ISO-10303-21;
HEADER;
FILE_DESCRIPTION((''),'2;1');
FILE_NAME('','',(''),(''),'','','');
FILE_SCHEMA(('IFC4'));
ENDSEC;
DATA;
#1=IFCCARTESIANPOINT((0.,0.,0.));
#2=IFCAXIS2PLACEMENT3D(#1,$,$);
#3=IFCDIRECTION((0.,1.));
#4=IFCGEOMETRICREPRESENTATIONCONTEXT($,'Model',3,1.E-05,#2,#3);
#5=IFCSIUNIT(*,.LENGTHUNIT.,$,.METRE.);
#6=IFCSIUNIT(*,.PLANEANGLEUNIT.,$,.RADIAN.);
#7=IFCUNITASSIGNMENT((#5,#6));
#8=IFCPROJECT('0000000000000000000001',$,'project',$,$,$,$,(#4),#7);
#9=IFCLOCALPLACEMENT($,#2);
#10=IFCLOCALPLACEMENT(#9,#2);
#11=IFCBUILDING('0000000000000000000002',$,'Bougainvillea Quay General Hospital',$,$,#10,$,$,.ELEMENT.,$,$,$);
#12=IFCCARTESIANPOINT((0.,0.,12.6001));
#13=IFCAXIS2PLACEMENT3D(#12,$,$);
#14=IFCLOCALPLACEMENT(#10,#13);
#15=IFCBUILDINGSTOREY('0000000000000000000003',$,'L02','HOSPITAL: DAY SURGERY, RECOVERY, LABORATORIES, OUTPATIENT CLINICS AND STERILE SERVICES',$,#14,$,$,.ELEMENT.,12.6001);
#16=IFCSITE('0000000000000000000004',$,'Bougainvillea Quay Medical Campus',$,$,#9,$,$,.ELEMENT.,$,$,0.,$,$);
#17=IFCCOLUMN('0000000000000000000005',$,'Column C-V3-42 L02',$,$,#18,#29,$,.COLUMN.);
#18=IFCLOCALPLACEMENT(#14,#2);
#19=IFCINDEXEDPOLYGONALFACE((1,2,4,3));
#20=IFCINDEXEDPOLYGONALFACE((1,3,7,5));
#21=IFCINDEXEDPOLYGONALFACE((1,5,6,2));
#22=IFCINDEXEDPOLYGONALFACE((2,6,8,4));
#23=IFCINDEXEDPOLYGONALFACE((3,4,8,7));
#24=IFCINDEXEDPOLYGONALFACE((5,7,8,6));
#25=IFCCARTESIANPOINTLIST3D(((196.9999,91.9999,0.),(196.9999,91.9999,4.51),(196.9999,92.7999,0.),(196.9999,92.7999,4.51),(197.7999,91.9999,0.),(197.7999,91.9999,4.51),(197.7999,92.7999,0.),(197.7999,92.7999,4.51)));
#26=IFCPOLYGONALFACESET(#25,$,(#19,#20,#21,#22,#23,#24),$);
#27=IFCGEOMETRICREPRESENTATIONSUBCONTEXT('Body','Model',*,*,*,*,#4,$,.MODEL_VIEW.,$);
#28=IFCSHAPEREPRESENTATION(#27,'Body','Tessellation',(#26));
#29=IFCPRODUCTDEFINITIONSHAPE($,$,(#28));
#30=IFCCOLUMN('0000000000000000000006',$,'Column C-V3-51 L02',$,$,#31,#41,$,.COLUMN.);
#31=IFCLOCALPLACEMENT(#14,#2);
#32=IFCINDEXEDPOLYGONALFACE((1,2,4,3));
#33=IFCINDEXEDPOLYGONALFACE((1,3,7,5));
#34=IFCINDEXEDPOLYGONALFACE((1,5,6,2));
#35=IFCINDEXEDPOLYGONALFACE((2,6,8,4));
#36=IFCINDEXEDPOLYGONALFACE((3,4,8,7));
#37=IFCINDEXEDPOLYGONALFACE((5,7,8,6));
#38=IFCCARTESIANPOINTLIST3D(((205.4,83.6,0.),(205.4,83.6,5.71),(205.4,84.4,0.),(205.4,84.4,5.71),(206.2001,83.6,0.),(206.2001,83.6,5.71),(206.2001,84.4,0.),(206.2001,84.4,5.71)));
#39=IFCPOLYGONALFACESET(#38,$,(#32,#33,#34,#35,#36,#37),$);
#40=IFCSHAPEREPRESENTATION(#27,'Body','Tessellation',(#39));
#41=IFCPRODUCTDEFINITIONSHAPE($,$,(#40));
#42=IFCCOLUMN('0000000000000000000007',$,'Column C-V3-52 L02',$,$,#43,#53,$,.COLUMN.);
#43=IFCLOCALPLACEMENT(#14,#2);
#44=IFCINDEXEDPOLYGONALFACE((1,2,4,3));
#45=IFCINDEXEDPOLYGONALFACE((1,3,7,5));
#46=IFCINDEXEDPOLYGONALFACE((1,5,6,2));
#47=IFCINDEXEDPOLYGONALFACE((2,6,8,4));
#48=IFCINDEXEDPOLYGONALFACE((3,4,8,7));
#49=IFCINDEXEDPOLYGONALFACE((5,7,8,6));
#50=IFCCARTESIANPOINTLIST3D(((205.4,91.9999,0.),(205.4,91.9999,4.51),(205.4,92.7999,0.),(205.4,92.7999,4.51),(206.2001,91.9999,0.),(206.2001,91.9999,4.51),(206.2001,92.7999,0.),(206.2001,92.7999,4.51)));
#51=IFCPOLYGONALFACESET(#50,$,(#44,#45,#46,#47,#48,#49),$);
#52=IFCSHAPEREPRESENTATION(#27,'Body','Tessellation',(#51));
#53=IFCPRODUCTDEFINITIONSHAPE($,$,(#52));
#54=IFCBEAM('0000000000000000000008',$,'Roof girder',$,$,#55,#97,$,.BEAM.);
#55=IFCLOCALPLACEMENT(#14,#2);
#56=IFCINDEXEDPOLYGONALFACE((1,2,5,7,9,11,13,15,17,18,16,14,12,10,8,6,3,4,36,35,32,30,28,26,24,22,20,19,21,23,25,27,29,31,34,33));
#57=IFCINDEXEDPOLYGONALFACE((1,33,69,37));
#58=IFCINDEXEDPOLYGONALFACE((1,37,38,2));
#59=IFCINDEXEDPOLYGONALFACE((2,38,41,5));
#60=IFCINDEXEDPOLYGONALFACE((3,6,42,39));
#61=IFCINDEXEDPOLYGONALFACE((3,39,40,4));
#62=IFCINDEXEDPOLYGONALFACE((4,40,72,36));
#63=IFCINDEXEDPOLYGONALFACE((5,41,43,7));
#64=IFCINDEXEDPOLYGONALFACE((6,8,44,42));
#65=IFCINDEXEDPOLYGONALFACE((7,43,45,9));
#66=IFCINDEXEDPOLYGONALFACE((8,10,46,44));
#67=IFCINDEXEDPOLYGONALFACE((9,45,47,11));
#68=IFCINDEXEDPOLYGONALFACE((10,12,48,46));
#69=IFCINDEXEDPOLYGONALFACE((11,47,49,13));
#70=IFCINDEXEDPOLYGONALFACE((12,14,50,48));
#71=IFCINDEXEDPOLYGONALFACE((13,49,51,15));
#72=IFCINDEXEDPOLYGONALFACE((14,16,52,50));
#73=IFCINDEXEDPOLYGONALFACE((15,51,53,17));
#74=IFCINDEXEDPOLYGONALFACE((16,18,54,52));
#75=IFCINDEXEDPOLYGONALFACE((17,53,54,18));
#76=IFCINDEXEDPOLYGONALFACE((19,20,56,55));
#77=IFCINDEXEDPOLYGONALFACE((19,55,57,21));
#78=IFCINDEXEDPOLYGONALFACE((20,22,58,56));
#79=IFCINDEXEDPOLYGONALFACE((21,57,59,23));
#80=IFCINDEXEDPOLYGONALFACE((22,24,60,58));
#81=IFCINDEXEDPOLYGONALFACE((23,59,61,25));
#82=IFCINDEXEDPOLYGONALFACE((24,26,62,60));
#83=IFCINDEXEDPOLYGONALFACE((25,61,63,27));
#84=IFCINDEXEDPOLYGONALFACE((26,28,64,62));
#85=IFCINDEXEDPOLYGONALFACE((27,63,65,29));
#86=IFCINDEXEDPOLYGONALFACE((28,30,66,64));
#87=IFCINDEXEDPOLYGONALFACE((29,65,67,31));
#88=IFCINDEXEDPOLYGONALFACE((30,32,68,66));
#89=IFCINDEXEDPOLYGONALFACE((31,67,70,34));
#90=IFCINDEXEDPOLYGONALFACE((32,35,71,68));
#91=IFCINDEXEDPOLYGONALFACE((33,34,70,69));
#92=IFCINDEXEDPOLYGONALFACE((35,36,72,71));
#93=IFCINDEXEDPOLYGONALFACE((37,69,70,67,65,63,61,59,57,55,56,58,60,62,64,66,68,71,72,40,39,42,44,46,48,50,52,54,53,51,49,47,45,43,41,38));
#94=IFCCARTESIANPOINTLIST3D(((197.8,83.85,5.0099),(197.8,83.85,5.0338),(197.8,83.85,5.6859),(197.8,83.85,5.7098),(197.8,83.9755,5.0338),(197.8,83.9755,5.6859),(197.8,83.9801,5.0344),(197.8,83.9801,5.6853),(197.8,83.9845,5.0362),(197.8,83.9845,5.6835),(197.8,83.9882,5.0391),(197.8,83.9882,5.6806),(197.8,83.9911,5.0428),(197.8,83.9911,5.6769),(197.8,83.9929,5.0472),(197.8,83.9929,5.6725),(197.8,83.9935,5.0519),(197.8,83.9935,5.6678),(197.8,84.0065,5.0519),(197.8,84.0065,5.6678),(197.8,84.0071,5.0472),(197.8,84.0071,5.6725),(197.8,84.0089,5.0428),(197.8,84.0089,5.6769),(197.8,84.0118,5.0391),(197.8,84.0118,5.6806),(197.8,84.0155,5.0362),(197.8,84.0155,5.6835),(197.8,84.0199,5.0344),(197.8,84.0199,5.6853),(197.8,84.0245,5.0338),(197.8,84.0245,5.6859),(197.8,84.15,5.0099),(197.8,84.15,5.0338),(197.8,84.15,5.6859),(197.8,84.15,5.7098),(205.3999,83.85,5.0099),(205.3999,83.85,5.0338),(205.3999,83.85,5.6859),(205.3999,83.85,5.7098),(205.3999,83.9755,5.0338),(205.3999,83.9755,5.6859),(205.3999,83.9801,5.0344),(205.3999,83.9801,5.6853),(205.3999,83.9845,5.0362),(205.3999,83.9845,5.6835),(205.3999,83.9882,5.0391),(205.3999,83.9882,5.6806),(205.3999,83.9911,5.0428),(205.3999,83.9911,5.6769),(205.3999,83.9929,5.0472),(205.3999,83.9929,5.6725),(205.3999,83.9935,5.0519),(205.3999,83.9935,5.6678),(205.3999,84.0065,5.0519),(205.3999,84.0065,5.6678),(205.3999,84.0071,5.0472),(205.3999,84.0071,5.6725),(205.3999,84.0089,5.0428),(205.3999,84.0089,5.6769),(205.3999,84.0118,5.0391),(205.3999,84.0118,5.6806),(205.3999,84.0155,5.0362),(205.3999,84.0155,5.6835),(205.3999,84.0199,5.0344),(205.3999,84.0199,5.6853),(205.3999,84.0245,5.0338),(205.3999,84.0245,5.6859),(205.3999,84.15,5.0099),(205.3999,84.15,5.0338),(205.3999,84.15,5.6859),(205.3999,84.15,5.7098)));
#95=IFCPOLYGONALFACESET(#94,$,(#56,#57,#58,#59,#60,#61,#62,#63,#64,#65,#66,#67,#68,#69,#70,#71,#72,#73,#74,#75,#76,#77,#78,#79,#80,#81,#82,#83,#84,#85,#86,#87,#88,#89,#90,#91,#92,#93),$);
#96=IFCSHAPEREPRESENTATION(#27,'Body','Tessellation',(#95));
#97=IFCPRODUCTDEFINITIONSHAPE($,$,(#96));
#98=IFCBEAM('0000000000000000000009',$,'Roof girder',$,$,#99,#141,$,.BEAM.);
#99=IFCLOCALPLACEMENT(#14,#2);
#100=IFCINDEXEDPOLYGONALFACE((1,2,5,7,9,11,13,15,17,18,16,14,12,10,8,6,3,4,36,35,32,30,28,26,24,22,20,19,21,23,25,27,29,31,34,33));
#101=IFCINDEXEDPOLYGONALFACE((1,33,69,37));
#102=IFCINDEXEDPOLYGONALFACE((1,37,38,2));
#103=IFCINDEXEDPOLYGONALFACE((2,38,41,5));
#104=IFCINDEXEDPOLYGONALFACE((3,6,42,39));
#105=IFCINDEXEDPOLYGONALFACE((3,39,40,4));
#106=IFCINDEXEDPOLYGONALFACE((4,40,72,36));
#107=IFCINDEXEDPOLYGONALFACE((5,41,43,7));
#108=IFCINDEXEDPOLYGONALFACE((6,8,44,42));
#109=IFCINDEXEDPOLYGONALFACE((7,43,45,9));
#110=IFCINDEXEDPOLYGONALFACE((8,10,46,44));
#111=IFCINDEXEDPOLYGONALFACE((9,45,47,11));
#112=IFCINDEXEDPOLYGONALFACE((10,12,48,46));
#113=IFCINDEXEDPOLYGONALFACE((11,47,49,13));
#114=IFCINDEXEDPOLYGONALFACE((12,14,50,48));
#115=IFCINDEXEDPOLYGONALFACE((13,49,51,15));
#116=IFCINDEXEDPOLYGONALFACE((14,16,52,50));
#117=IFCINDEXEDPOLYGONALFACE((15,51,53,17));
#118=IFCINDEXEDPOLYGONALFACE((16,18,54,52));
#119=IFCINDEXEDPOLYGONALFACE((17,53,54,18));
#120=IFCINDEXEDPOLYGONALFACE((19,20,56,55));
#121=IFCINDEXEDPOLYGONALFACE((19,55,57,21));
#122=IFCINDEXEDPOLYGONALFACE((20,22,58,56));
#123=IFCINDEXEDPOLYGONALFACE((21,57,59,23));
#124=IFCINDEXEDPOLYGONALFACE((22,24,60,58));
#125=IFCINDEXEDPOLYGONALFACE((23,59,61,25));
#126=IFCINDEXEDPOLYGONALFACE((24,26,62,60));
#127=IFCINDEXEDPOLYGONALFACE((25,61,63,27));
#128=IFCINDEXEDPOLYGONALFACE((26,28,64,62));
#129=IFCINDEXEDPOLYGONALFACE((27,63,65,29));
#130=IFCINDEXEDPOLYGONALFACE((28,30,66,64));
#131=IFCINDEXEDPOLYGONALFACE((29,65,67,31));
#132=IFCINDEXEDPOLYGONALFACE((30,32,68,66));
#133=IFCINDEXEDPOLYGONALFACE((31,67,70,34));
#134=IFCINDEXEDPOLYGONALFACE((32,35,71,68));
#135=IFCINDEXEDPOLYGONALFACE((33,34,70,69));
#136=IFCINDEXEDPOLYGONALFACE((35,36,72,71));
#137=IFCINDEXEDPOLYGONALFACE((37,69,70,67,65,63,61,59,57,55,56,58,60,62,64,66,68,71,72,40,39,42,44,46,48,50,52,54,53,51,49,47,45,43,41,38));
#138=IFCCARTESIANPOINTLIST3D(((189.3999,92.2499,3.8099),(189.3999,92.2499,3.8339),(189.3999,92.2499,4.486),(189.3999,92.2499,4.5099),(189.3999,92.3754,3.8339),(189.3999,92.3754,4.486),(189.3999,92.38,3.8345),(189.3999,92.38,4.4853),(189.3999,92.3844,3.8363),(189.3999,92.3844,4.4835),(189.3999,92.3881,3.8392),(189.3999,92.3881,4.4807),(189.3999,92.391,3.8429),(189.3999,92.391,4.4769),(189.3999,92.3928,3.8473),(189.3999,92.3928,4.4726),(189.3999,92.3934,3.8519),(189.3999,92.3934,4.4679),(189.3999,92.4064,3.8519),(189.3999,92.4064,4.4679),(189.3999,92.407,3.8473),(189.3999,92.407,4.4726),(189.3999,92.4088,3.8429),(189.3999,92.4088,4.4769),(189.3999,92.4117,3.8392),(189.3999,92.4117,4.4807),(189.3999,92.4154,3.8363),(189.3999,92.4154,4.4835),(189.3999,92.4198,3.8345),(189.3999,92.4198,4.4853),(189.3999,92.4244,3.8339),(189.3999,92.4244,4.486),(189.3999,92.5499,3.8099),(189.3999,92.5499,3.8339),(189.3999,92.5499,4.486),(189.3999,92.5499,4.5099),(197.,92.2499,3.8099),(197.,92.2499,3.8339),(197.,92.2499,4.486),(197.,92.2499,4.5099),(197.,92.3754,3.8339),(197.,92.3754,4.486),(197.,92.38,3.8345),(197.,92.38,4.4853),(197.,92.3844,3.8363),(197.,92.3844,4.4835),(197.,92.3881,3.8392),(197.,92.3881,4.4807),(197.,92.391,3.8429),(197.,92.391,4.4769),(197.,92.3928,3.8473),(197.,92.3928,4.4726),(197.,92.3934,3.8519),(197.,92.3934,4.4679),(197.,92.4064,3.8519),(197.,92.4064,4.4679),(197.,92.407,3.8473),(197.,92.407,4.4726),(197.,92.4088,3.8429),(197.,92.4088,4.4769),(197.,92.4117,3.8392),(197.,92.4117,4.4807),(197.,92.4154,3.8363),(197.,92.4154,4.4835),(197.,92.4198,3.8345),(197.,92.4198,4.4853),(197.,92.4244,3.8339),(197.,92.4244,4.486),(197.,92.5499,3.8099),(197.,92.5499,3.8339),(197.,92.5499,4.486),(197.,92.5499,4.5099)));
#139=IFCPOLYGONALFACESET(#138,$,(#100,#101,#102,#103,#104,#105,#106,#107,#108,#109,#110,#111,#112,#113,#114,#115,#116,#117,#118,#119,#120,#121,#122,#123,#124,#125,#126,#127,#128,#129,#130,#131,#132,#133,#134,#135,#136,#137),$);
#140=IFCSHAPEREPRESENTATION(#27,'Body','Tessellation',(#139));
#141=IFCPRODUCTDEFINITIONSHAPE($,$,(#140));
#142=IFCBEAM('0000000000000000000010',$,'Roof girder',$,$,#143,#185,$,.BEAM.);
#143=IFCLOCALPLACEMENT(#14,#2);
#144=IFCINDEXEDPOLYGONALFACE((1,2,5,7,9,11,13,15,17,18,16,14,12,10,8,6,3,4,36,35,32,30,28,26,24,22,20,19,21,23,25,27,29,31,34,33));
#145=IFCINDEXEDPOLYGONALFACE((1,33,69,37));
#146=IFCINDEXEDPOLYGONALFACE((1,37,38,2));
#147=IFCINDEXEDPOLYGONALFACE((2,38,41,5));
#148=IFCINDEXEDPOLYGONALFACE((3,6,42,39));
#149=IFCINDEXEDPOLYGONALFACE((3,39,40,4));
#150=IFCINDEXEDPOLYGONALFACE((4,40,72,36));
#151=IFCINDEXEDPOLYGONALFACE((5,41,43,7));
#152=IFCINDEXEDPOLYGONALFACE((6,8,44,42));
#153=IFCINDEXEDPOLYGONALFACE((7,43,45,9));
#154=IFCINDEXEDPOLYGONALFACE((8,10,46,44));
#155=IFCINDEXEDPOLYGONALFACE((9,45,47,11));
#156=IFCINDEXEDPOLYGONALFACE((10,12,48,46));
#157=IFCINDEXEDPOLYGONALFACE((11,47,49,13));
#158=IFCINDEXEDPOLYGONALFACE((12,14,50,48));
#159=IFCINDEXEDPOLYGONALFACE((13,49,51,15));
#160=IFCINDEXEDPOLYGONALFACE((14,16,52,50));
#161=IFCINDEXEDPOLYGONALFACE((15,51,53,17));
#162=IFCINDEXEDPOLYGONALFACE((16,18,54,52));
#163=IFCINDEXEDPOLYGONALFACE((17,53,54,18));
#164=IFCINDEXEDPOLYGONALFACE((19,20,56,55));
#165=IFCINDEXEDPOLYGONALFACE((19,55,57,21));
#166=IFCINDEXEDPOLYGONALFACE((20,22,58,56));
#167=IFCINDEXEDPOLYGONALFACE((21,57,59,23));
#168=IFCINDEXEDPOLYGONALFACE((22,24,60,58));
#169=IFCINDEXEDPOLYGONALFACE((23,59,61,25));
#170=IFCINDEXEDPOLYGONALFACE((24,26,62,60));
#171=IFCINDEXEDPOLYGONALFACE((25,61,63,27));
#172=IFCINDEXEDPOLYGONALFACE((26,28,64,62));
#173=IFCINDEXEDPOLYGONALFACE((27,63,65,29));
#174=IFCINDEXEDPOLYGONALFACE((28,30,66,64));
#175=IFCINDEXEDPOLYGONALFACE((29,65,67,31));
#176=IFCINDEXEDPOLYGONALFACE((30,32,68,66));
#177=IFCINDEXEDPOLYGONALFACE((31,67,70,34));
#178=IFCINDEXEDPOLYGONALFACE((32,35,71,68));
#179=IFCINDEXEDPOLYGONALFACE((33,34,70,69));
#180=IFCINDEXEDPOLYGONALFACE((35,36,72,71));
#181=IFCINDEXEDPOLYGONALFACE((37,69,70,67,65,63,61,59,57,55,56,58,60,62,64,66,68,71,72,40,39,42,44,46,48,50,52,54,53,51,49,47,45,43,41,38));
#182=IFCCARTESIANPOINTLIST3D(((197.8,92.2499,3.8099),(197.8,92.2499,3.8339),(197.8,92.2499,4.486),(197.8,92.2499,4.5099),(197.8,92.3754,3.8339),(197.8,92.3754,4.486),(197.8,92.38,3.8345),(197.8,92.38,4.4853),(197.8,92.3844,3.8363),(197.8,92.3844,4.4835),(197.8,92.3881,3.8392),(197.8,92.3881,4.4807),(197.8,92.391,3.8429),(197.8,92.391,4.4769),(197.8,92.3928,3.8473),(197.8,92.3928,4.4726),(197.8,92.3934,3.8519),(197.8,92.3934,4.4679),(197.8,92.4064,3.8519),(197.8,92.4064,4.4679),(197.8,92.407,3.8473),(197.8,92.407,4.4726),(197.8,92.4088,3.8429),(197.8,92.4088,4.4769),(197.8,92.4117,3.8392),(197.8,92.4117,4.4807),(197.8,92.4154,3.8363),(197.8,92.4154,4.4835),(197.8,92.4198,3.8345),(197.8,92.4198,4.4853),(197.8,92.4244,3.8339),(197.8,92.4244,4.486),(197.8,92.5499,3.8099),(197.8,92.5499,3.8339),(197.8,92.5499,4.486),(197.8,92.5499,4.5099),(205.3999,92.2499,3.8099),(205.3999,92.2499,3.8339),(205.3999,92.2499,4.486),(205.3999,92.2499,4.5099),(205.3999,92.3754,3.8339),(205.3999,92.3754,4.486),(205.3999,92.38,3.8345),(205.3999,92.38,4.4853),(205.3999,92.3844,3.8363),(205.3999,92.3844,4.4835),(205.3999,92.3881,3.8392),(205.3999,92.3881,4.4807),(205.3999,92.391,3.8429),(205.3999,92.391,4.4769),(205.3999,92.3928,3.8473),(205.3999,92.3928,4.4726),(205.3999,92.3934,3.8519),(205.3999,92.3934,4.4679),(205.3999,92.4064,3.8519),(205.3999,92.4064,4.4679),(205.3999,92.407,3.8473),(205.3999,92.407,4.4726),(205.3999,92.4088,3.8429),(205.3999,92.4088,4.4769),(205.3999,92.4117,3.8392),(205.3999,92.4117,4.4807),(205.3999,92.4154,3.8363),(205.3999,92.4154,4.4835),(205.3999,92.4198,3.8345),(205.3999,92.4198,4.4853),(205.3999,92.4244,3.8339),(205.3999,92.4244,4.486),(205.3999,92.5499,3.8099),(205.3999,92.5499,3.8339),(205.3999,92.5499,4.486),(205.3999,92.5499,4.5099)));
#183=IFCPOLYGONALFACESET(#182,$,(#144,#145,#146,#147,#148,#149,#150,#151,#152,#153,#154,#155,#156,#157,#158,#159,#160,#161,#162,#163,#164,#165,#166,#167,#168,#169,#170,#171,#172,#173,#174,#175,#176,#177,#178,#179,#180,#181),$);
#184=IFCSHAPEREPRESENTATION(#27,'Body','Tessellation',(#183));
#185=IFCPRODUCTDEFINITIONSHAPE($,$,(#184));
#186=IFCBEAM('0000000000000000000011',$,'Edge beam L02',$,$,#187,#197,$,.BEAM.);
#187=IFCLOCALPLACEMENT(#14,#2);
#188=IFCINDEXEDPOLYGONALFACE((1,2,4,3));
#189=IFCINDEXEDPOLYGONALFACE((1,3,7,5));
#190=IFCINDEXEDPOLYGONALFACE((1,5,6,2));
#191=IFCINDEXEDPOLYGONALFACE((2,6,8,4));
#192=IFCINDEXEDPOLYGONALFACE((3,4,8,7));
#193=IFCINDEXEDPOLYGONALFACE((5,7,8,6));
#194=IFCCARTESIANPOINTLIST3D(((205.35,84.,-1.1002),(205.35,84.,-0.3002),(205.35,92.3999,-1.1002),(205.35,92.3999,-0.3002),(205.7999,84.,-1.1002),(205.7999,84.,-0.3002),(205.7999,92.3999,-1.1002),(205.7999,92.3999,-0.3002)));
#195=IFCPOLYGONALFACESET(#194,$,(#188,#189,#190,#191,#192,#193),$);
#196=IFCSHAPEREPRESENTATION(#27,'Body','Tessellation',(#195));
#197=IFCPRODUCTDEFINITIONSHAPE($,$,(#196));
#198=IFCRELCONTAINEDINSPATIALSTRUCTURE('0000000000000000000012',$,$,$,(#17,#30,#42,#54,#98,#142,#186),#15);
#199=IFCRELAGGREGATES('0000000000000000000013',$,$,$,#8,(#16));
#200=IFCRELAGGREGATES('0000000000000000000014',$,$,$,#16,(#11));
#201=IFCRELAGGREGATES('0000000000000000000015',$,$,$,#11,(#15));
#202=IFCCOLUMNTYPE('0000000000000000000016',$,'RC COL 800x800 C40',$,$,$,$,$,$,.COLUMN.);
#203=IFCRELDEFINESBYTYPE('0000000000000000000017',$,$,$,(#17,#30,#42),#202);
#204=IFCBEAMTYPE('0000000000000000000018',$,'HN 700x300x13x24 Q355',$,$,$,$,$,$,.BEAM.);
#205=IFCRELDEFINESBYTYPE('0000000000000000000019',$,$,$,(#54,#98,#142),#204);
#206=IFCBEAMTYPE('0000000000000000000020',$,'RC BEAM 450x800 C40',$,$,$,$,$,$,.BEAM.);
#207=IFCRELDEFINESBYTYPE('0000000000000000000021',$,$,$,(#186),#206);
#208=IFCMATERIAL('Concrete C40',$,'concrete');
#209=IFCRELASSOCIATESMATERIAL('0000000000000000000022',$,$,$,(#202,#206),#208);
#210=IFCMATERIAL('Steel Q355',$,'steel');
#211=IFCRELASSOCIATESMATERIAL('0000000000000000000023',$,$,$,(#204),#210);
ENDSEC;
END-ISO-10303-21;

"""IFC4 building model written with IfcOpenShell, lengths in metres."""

from ifc_helpers import new_model, si_unit, direction, frame, origin, origin_2d, place, context, subcontext, project, spatial, rectangle, i_section, extrude, material, material_profile, profile_set, type_object, element, save


model = new_model("IFC4")

# Units and contexts
model_context = context("Model", 3, precision=1e-05, world=origin(), true_north=direction((0.0, 1.0)))
body_context = subcontext(model_context, "Body", "Model", "MODEL_VIEW")
ifc_project = project(units=[si_unit("LENGTHUNIT", "METRE"), si_unit("PLANEANGLEUNIT", "RADIAN")], contexts=[model_context])

# Site, building, storey
site_placement = place(None, origin())
site = spatial("IfcSite", under=ifc_project, at=site_placement, Name="Bougainvillea Quay Medical Campus", CompositionType="ELEMENT", RefElevation=0.0)
building_placement = place(site_placement, origin())
building = spatial("IfcBuilding", under=site, at=building_placement, Name="Bougainvillea Quay General Hospital", CompositionType="ELEMENT")
storey_placement = place(building_placement, frame((0.0, 0.0, 12.6001)))
storey = spatial("IfcBuildingStorey", under=building, at=storey_placement, Name="L02", Description="HOSPITAL: DAY SURGERY, RECOVERY, LABORATORIES, OUTPATIENT CLINICS AND STERILE SERVICES", CompositionType="ELEMENT", Elevation=12.6001)

# Columns
ifc_material_1 = material(Name="Concrete C40", Category="concrete")
ifc_material_profile_1 = material_profile(ifc_material_1, rectangle(XDim=0.8, YDim=0.8, at=origin_2d()))
ifc_profile_set_1 = profile_set([ifc_material_profile_1], Name="Concrete C40")
column_type = type_object("IfcColumnType", Name="RC COL 800x800 C40", PredefinedType="COLUMN", material=ifc_profile_set_1)
column_1_placement = place(storey_placement, frame((197.3999, 92.3999, 0.0), z_axis=(0.0, 0.0, 1.0), x_axis=(1.0, 0.0, 0.0)))
element("IfcColumn", 1, at=column_1_placement, inside=storey, type_object=column_type, Name="Column C-V3-42 L02", PredefinedType="COLUMN", context=body_context, shape_type="SweptSolid", body=[
    extrude(rectangle(XDim=0.8, YDim=0.8, at=origin_2d()), origin(), (0.0, 0.0, 1.0), 4.51),
])
column_2_placement = place(storey_placement, frame((205.8, 84.0, 0.0), z_axis=(0.0, 0.0, 1.0), x_axis=(1.0, 0.0, 0.0)))
element("IfcColumn", 2, at=column_2_placement, inside=storey, type_object=column_type, Name="Column C-V3-51 L02", PredefinedType="COLUMN", context=body_context, shape_type="SweptSolid", body=[
    extrude(rectangle(XDim=0.8, YDim=0.8, at=origin_2d()), origin(), (0.0, 0.0, 1.0), 5.71),
])
column_3_placement = place(storey_placement, frame((205.8, 92.3999, 0.0), z_axis=(0.0, 0.0, 1.0), x_axis=(1.0, 0.0, 0.0)))
element("IfcColumn", 3, at=column_3_placement, inside=storey, type_object=column_type, Name="Column C-V3-52 L02", PredefinedType="COLUMN", context=body_context, shape_type="SweptSolid", body=[
    extrude(rectangle(XDim=0.8, YDim=0.8, at=origin_2d()), origin(), (0.0, 0.0, 1.0), 4.51),
])

# Beams
ifc_material_2 = material(Name="Steel Q355", Category="steel")
ifc_material_profile_2 = material_profile(ifc_material_2, i_section(OverallWidth=0.3, OverallDepth=0.7, WebThickness=0.0129, FlangeThickness=0.0239, FilletRadius=0.0181, at=origin_2d()))
ifc_profile_set_2 = profile_set([ifc_material_profile_2], Name="Steel Q355")
beam_type_1 = type_object("IfcBeamType", Name="HN 700x300x13x24 Q355", PredefinedType="BEAM", material=ifc_profile_set_2)
beam_1_placement = place(storey_placement, frame((197.8, 84.0, 5.3599), z_axis=(1.0, 0.0, 0.0), x_axis=(0.0, 1.0, 0.0)))
element("IfcBeam", 4, at=beam_1_placement, inside=storey, type_object=beam_type_1, Name="Roof girder", PredefinedType="BEAM", context=body_context, shape_type="SweptSolid", body=[
    extrude(i_section(OverallWidth=0.3, OverallDepth=0.7, WebThickness=0.0129, FlangeThickness=0.0239, FilletRadius=0.0181, at=origin_2d()), origin(), (0.0, 0.0, 1.0), 7.5999),
])
beam_2_placement = place(storey_placement, frame((189.3999, 92.3999, 4.1599), z_axis=(1.0, 0.0, 0.0), x_axis=(0.0, 1.0, 0.0)))
element("IfcBeam", 5, at=beam_2_placement, inside=storey, type_object=beam_type_1, Name="Roof girder", PredefinedType="BEAM", context=body_context, shape_type="SweptSolid", body=[
    extrude(i_section(OverallWidth=0.3, OverallDepth=0.7, WebThickness=0.0129, FlangeThickness=0.0239, FilletRadius=0.0181, at=origin_2d()), origin(), (0.0, 0.0, 1.0), 7.6001),
])
beam_3_placement = place(storey_placement, frame((197.8, 92.3999, 4.1599), z_axis=(1.0, 0.0, 0.0), x_axis=(0.0, 1.0, 0.0)))
element("IfcBeam", 6, at=beam_3_placement, inside=storey, type_object=beam_type_1, Name="Roof girder", PredefinedType="BEAM", context=body_context, shape_type="SweptSolid", body=[
    extrude(i_section(OverallWidth=0.3, OverallDepth=0.7, WebThickness=0.0129, FlangeThickness=0.0239, FilletRadius=0.0181, at=origin_2d()), origin(), (0.0, 0.0, 1.0), 7.5999),
])
ifc_material_profile_3 = material_profile(ifc_material_1, rectangle(XDim=0.45, YDim=0.8, at=origin_2d()))
ifc_profile_set_3 = profile_set([ifc_material_profile_3], Name="Concrete C40")
beam_type_2 = type_object("IfcBeamType", Name="RC BEAM 450x800 C40", PredefinedType="BEAM", material=ifc_profile_set_3)
beam_4_placement = place(storey_placement, frame((205.575, 84.0, -0.7002), z_axis=(0.0, 1.0, 0.0), x_axis=(-1.0, 0.0, 0.0)))
element("IfcBeam", 7, at=beam_4_placement, inside=storey, type_object=beam_type_2, Name="Edge beam L02", PredefinedType="BEAM", context=body_context, shape_type="SweptSolid", body=[
    extrude(rectangle(XDim=0.45, YDim=0.8, at=origin_2d()), origin(), (0.0, 0.0, 1.0), 8.3999),
])

save(model, "model.ifc")
